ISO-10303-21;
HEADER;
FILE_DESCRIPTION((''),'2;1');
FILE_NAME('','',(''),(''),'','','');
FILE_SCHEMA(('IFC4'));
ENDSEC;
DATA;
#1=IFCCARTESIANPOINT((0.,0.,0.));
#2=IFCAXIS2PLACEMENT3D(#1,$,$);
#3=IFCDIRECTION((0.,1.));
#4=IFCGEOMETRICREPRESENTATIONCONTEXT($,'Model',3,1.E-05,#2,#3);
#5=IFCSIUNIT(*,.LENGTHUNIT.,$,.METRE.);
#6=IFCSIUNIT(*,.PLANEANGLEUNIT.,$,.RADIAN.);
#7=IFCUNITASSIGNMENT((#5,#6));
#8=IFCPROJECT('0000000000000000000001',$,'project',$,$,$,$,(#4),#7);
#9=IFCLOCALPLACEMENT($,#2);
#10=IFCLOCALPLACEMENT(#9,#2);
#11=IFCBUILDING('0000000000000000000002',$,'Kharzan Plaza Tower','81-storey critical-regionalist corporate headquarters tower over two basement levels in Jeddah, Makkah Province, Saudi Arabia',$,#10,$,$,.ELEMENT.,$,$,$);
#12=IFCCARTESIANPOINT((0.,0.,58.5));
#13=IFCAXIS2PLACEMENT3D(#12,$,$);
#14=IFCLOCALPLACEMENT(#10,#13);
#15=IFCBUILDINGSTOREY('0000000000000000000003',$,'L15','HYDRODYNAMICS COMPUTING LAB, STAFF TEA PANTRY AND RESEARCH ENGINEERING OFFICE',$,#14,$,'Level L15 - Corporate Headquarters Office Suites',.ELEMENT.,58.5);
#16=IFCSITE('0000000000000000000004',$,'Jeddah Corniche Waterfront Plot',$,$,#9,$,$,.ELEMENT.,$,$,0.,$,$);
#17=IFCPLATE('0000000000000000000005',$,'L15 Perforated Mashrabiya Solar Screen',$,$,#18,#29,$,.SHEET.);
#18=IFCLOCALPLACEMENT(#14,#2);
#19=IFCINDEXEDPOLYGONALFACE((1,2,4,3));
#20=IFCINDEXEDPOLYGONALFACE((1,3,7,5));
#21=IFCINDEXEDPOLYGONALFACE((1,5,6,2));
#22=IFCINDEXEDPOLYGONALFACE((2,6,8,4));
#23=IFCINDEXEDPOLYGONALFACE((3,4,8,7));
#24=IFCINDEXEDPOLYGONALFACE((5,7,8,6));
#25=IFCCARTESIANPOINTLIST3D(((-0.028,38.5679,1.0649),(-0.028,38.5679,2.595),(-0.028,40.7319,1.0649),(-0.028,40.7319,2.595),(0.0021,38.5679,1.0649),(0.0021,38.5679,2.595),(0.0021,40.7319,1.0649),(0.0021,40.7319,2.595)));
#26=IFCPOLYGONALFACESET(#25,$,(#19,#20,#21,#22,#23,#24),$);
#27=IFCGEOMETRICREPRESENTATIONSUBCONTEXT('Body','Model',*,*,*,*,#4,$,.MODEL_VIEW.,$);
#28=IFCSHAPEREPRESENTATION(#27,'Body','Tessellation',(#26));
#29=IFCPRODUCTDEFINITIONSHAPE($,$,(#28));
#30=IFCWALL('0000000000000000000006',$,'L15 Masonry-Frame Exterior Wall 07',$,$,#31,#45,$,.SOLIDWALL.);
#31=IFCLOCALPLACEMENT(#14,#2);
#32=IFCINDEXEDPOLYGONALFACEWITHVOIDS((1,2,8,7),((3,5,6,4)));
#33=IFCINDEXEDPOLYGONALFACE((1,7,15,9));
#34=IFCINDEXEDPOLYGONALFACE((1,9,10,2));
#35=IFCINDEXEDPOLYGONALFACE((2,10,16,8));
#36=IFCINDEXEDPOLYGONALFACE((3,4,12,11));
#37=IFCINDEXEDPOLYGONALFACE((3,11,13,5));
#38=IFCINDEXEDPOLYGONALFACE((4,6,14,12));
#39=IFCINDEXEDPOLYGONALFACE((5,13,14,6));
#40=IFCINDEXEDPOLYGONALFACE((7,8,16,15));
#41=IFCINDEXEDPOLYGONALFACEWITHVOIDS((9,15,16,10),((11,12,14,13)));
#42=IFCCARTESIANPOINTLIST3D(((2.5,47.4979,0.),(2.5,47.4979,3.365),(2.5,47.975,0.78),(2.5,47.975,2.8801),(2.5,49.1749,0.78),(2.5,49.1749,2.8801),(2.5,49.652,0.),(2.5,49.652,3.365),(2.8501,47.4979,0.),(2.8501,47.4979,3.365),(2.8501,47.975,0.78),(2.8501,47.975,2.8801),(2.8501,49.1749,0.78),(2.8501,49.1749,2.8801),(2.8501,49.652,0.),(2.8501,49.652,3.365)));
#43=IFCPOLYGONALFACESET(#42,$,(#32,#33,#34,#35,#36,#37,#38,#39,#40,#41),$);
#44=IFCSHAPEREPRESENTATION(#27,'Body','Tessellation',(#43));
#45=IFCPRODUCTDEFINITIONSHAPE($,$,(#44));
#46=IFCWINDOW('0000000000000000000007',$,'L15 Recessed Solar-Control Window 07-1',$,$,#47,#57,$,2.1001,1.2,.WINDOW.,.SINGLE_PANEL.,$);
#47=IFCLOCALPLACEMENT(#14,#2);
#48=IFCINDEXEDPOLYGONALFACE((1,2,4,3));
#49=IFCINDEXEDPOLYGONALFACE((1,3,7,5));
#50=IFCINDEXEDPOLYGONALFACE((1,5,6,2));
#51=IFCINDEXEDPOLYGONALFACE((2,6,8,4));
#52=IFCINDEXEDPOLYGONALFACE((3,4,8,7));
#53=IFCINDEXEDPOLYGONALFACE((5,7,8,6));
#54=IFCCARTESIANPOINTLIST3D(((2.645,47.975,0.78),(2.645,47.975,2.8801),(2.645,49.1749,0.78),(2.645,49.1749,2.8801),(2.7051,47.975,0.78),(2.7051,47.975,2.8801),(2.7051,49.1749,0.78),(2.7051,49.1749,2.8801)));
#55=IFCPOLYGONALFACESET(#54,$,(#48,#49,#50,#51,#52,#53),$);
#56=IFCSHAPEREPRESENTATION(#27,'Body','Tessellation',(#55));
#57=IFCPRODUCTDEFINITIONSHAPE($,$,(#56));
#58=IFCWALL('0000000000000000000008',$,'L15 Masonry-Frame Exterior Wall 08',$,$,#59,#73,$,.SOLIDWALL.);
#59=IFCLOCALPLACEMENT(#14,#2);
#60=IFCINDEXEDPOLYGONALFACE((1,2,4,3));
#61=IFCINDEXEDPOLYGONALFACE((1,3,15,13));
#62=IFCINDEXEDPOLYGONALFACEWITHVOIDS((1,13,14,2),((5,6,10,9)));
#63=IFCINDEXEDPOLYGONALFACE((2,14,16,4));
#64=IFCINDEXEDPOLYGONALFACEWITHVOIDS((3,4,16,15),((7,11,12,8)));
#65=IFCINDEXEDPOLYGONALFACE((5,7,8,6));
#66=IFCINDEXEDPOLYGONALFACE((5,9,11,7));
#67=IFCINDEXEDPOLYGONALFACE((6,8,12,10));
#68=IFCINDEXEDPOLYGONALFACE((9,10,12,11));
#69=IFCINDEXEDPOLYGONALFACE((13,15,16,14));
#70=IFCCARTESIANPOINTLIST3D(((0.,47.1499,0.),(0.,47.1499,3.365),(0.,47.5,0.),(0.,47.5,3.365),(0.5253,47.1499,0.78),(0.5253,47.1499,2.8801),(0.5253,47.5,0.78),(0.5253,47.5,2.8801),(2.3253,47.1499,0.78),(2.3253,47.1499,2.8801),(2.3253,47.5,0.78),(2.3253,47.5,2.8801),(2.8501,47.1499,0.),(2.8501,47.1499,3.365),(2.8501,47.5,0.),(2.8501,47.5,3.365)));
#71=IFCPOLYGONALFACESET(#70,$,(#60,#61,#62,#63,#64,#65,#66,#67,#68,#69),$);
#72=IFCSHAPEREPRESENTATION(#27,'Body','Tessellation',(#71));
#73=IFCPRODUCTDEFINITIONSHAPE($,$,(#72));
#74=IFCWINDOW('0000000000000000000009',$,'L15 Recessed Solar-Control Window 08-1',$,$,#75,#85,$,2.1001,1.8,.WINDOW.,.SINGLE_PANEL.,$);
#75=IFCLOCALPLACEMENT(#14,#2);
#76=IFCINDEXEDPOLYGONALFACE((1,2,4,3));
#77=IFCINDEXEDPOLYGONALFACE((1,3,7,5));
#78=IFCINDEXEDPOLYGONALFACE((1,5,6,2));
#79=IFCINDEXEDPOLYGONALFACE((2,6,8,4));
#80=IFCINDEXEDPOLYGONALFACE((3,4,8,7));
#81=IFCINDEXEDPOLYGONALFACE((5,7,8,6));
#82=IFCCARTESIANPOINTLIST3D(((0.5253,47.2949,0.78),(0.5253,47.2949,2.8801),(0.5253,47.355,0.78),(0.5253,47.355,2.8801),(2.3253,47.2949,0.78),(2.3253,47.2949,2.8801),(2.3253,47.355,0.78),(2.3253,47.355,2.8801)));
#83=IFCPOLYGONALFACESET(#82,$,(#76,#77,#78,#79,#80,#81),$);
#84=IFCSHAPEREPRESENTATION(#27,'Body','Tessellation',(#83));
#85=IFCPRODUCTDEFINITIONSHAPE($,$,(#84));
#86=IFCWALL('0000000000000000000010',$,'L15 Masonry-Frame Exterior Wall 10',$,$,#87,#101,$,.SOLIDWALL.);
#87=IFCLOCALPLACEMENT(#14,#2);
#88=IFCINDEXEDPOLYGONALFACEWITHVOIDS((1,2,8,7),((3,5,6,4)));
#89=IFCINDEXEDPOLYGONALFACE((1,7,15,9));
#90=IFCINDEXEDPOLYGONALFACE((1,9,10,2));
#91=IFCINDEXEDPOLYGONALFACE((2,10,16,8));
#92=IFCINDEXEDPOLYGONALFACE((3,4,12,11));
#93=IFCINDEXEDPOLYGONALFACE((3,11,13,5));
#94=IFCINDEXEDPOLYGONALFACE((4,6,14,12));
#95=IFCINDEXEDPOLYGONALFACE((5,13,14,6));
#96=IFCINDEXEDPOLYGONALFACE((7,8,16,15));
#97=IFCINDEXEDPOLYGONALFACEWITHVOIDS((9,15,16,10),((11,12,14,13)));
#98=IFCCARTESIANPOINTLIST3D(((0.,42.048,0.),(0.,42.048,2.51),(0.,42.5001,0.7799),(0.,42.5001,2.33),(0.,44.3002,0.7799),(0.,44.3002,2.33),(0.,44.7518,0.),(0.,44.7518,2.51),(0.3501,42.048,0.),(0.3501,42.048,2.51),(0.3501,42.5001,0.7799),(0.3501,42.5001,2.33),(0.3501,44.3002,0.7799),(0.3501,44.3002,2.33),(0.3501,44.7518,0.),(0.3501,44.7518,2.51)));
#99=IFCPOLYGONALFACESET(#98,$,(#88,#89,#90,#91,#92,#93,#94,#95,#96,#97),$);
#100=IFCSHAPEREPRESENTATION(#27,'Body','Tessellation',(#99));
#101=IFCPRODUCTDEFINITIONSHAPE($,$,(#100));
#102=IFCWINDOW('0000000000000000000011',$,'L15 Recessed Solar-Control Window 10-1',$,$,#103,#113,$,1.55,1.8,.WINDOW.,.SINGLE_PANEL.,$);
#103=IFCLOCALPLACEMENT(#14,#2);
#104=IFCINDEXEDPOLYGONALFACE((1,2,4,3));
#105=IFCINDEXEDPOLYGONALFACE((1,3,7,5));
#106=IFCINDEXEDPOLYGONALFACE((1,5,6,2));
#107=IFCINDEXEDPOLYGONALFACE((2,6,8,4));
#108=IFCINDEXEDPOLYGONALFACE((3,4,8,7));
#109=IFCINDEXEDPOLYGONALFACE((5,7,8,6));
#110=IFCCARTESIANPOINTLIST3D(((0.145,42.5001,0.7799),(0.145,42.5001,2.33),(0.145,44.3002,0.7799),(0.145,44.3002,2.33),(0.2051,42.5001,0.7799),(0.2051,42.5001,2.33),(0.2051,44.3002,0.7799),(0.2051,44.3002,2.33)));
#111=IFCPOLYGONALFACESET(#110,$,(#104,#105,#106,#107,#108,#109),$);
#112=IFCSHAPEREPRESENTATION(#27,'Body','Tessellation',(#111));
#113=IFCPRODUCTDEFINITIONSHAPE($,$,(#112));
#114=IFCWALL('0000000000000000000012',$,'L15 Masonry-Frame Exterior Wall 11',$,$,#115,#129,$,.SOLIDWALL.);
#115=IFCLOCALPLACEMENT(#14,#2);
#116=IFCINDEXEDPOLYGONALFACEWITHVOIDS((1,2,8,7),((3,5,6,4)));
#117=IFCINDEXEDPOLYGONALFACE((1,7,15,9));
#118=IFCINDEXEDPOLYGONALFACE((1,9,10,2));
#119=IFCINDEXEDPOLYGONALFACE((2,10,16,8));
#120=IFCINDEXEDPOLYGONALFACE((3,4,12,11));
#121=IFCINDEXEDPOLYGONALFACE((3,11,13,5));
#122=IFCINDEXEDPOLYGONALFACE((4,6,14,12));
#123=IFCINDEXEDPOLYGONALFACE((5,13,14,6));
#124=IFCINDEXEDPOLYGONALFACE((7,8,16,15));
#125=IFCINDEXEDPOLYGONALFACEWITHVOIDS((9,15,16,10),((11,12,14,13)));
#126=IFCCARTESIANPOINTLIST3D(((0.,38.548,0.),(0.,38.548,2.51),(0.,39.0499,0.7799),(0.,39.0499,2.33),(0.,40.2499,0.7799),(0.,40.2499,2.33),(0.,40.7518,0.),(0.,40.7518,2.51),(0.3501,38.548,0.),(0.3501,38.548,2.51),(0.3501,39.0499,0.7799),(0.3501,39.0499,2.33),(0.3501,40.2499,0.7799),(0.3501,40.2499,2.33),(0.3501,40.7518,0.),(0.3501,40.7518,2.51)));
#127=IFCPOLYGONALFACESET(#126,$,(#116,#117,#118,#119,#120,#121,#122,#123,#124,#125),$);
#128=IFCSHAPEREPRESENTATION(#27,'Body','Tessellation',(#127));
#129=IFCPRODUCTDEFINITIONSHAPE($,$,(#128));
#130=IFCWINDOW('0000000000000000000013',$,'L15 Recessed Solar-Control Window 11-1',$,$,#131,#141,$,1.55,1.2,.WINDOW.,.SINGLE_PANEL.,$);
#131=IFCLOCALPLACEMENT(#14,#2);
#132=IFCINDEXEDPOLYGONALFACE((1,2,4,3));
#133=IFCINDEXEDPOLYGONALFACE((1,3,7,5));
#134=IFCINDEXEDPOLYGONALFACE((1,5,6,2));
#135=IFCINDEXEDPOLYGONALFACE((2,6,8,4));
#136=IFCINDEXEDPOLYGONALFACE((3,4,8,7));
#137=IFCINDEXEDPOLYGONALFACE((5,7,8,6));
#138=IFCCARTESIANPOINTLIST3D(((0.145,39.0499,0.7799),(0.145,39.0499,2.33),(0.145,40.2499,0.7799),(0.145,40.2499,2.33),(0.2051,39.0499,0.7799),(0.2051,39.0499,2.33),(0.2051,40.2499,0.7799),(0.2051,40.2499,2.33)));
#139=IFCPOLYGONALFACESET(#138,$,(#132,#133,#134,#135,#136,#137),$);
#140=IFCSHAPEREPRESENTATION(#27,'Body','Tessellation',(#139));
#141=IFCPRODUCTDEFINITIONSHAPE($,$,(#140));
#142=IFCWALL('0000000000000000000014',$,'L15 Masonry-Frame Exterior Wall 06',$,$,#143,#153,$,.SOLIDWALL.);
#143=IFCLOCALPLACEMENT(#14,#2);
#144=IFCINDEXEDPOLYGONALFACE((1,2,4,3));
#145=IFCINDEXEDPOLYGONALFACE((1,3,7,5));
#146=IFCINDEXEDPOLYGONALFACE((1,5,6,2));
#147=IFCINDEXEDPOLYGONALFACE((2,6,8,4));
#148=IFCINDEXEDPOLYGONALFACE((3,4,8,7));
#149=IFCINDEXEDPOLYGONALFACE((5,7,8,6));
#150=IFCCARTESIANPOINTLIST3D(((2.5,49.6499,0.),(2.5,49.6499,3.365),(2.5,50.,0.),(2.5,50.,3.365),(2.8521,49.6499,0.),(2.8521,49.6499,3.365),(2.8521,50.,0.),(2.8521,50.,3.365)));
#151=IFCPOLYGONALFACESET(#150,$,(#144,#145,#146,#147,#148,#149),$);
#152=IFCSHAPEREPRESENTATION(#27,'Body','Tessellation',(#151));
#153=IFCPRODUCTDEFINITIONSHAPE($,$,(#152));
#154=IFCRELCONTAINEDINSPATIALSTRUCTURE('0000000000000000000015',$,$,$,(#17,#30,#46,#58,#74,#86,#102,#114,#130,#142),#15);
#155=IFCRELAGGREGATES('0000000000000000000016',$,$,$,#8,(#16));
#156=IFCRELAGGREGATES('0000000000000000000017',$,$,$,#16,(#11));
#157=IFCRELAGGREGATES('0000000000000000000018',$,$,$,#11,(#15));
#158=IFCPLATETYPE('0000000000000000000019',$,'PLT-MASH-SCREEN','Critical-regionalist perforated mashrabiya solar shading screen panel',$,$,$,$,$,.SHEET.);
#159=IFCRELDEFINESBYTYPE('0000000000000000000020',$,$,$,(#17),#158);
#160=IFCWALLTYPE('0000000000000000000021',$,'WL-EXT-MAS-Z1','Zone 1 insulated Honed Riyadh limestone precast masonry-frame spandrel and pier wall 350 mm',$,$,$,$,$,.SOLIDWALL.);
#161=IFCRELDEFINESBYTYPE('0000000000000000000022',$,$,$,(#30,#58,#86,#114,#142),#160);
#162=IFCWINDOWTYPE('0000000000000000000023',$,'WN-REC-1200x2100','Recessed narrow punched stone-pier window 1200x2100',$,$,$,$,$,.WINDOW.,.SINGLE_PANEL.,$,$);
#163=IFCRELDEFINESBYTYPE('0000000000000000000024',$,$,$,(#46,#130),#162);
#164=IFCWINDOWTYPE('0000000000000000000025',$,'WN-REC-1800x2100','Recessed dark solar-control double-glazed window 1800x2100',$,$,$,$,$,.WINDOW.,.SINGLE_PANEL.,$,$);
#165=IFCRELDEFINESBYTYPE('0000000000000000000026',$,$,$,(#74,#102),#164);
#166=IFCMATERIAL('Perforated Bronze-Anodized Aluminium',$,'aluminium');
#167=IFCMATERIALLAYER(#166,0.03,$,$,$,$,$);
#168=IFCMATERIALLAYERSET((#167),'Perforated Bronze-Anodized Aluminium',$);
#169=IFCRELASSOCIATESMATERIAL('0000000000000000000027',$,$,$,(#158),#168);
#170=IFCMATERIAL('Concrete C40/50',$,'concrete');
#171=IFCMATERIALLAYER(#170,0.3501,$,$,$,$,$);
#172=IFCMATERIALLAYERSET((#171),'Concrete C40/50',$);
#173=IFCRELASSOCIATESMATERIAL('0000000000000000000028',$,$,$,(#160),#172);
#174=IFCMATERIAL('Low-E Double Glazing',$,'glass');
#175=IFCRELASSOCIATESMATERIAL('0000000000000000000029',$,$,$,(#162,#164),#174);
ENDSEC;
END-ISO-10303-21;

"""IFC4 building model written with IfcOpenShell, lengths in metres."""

from ifc_helpers import new_model, si_unit, direction, frame, frame_2d, origin, origin_2d, place, context, subcontext, project, spatial, rectangle, extrude, source, transform, mapped, material, layer, layer_set, type_object, element, fill, save


model = new_model("IFC4")

# Units and contexts
model_context = context("Model", 3, precision=1e-05, world=origin(), true_north=direction((0.0, 1.0)))
body_context = subcontext(model_context, "Body", "Model", "MODEL_VIEW")
ifc_project = project(units=[si_unit("LENGTHUNIT", "METRE"), si_unit("PLANEANGLEUNIT", "RADIAN")], contexts=[model_context])

# Site, building, storey
site_placement = place(None, origin())
site = spatial("IfcSite", under=ifc_project, at=site_placement, Name="Jeddah Corniche Waterfront Plot", CompositionType="ELEMENT", RefElevation=0.0)
building_placement = place(site_placement, origin())
building = spatial("IfcBuilding", under=site, at=building_placement, Name="Kharzan Plaza Tower", Description="81-storey critical-regionalist corporate headquarters tower over two basement levels in Jeddah, Makkah Province, Saudi Arabia", CompositionType="ELEMENT")
storey_placement = place(building_placement, frame((0.0, 0.0, 58.5)))
storey = spatial("IfcBuildingStorey", under=building, at=storey_placement, Name="L15", Description="HYDRODYNAMICS COMPUTING LAB, STAFF TEA PANTRY AND RESEARCH ENGINEERING OFFICE", LongName="Level L15 - Corporate Headquarters Office Suites", CompositionType="ELEMENT", Elevation=58.5)

# Plate
ifc_material_1 = material(Name="Perforated Bronze-Anodized Aluminium", Category="aluminium")
ifc_layer_1 = layer(ifc_material_1, 0.03)
ifc_layer_set_1 = layer_set([ifc_layer_1], Name="Perforated Bronze-Anodized Aluminium")
plate_type = type_object("IfcPlateType", Name="PLT-MASH-SCREEN", Description="Critical-regionalist perforated mashrabiya solar shading screen panel", PredefinedType="SHEET", material=ifc_layer_set_1)
shared_shape_1 = source(origin(), body_context, "Body", "SweptSolid", [
    extrude(rectangle(XDim=2.1641, YDim=0.03, at=origin_2d()), origin(), (0.0, 0.0, 1.0), 1.53),
])
plate_1_placement = place(storey_placement, frame((-0.0129, 39.6499, 1.0649), z_axis=(0.0, 0.0, 1.0), x_axis=(0.0, -1.0, 0.0)))
element("IfcPlate", 1, at=plate_1_placement, inside=storey, type_object=plate_type, Name="L15 Perforated Mashrabiya Solar Screen", PredefinedType="SHEET", context=body_context, shape_type="MappedRepresentation", body=[
    mapped(shared_shape_1, transform((0.0, 0.0, 0.0), x_axis=(1.0, 0.0, 0.0), y_axis=(0.0, 1.0, 0.0), z_axis=(0.0, 0.0, 1.0))),
])

# Walls, openings, windows
ifc_material_2 = material(Name="Concrete C40/50", Category="concrete")
ifc_layer_2 = layer(ifc_material_2, 0.3501)
ifc_layer_set_2 = layer_set([ifc_layer_2], Name="Concrete C40/50")
wall_type = type_object("IfcWallType", Name="WL-EXT-MAS-Z1", Description="Zone 1 insulated Honed Riyadh limestone precast masonry-frame spandrel and pier wall 350 mm", PredefinedType="SOLIDWALL", material=ifc_layer_set_2)
wall_1_placement = place(storey_placement, frame((2.675, 49.6521, 0.0), z_axis=(0.0, 0.0, 1.0), x_axis=(0.0, -1.0, 0.0)))
wall_1 = element("IfcWall", 2, at=wall_1_placement, inside=storey, type_object=wall_type, Name="L15 Masonry-Frame Exterior Wall 07", PredefinedType="SOLIDWALL", context=body_context, shape_type="SweptSolid", body=[
    extrude(rectangle(XDim=2.1541, YDim=0.3501, at=frame_2d((1.0771, 0.0))), origin(), (0.0, 0.0, 1.0), 3.365),
])
opening_1_placement = place(wall_1_placement, frame((0.4771, 0.0, 0.78)))
opening_1 = element("IfcOpeningElement", 3, at=opening_1_placement, cuts=wall_1, PredefinedType="OPENING", context=body_context, shape_type="SweptSolid", body=[
    extrude(rectangle(XDim=1.2, YDim=2.1001, at=frame_2d((0.6001, 1.05))), frame((0.0, 0.1851, 0.0), z_axis=(0.0, -1.0, 0.0), x_axis=(1.0, 0.0, 0.0)), (0.0, 0.0, 1.0), 0.3701),
])
ifc_material_3 = material(Name="Low-E Double Glazing", Category="glass")
window_type_1 = type_object("IfcWindowType", Name="WN-REC-1200x2100", Description="Recessed narrow punched stone-pier window 1200x2100", PartitioningType="SINGLE_PANEL", PredefinedType="WINDOW", material=ifc_material_3)
shared_shape_2 = source(origin(), body_context, "Body", "SweptSolid", [
    extrude(rectangle(XDim=1.2, YDim=2.1001, at=frame_2d((0.6001, 1.05))), frame((0.0, 0.03, 0.0), z_axis=(0.0, -1.0, 0.0), x_axis=(1.0, 0.0, 0.0)), (0.0, 0.0, 1.0), 0.0601),
])
window_1_placement = place(opening_1_placement, origin())
window_1 = element("IfcWindow", 4, at=window_1_placement, inside=storey, type_object=window_type_1, Name="L15 Recessed Solar-Control Window 07-1", OverallHeight=2.1001, OverallWidth=1.2, PartitioningType="SINGLE_PANEL", PredefinedType="WINDOW", context=body_context, shape_type="MappedRepresentation", body=[
    mapped(shared_shape_2, transform((0.0, 0.0, 0.0), x_axis=(1.0, 0.0, 0.0), y_axis=(0.0, 1.0, 0.0), z_axis=(0.0, 0.0, 1.0))),
])
fill(opening_1, window_1)
wall_2_placement = place(storey_placement, frame((2.8501, 47.325, 0.0), z_axis=(0.0, 0.0, 1.0), x_axis=(-1.0, 0.0, 0.0)))
wall_2 = element("IfcWall", 5, at=wall_2_placement, inside=storey, type_object=wall_type, Name="L15 Masonry-Frame Exterior Wall 08", PredefinedType="SOLIDWALL", context=body_context, shape_type="SweptSolid", body=[
    extrude(rectangle(XDim=2.8501, YDim=0.3501, at=frame_2d((1.425, 0.0))), origin(), (0.0, 0.0, 1.0), 3.365),
])
opening_2_placement = place(wall_2_placement, frame((0.5249, 0.0, 0.78)))
opening_2 = element("IfcOpeningElement", 6, at=opening_2_placement, cuts=wall_2, PredefinedType="OPENING", context=body_context, shape_type="SweptSolid", body=[
    extrude(rectangle(XDim=1.8, YDim=2.1001, at=frame_2d((0.8999, 1.05))), frame((0.0, 0.1851, 0.0), z_axis=(0.0, -1.0, 0.0), x_axis=(1.0, 0.0, 0.0)), (0.0, 0.0, 1.0), 0.3701),
])
window_type_2 = type_object("IfcWindowType", Name="WN-REC-1800x2100", Description="Recessed dark solar-control double-glazed window 1800x2100", PartitioningType="SINGLE_PANEL", PredefinedType="WINDOW", material=ifc_material_3)
shared_shape_3 = source(origin(), body_context, "Body", "SweptSolid", [
    extrude(rectangle(XDim=1.8, YDim=2.1001, at=frame_2d((0.8999, 1.05))), frame((0.0, 0.03, 0.0), z_axis=(0.0, -1.0, 0.0), x_axis=(1.0, 0.0, 0.0)), (0.0, 0.0, 1.0), 0.0601),
])
window_2_placement = place(opening_2_placement, origin())
window_2 = element("IfcWindow", 7, at=window_2_placement, inside=storey, type_object=window_type_2, Name="L15 Recessed Solar-Control Window 08-1", OverallHeight=2.1001, OverallWidth=1.8, PartitioningType="SINGLE_PANEL", PredefinedType="WINDOW", context=body_context, shape_type="MappedRepresentation", body=[
    mapped(shared_shape_3, transform((0.0, 0.0, 0.0), x_axis=(1.0, 0.0, 0.0), y_axis=(0.0, 1.0, 0.0), z_axis=(0.0, 0.0, 1.0))),
])
fill(opening_2, window_2)
wall_3_placement = place(storey_placement, frame((0.175, 44.752, 0.0), z_axis=(0.0, 0.0, 1.0), x_axis=(0.0, -1.0, 0.0)))
wall_3 = element("IfcWall", 8, at=wall_3_placement, inside=storey, type_object=wall_type, Name="L15 Masonry-Frame Exterior Wall 10", PredefinedType="SOLIDWALL", context=body_context, shape_type="SweptSolid", body=[
    extrude(rectangle(XDim=2.7039, YDim=0.3501, at=frame_2d((1.3521, 0.0))), origin(), (0.0, 0.0, 1.0), 2.51),
])
opening_3_placement = place(wall_3_placement, frame((0.4519, 0.0, 0.78)))
opening_3 = element("IfcOpeningElement", 9, at=opening_3_placement, cuts=wall_3, PredefinedType="OPENING", context=body_context, shape_type="SweptSolid", body=[
    extrude(rectangle(XDim=1.8, YDim=1.55, at=frame_2d((0.8999, 0.7749))), frame((0.0, 0.1851, 0.0), z_axis=(0.0, -1.0, 0.0), x_axis=(1.0, 0.0, 0.0)), (0.0, 0.0, 1.0), 0.3701),
])
shared_shape_4 = source(origin(), body_context, "Body", "SweptSolid", [
    extrude(rectangle(XDim=1.8, YDim=1.55, at=frame_2d((0.8999, 0.7749))), frame((0.0, 0.03, 0.0), z_axis=(0.0, -1.0, 0.0), x_axis=(1.0, 0.0, 0.0)), (0.0, 0.0, 1.0), 0.0601),
])
window_3_placement = place(opening_3_placement, origin())
window_3 = element("IfcWindow", 10, at=window_3_placement, inside=storey, type_object=window_type_2, Name="L15 Recessed Solar-Control Window 10-1", OverallHeight=1.55, OverallWidth=1.8, PartitioningType="SINGLE_PANEL", PredefinedType="WINDOW", context=body_context, shape_type="MappedRepresentation", body=[
    mapped(shared_shape_4, transform((0.0, 0.0, 0.0), x_axis=(1.0, 0.0, 0.0), y_axis=(0.0, 1.0, 0.0), z_axis=(0.0, 0.0, 1.0))),
])
fill(opening_3, window_3)
wall_4_placement = place(storey_placement, frame((0.175, 40.752, 0.0), z_axis=(0.0, 0.0, 1.0), x_axis=(0.0, -1.0, 0.0)))
wall_4 = element("IfcWall", 11, at=wall_4_placement, inside=storey, type_object=wall_type, Name="L15 Masonry-Frame Exterior Wall 11", PredefinedType="SOLIDWALL", context=body_context, shape_type="SweptSolid", body=[
    extrude(rectangle(XDim=2.2039, YDim=0.3501, at=frame_2d((1.1021, 0.0))), origin(), (0.0, 0.0, 1.0), 2.51),
])
opening_4_placement = place(wall_4_placement, frame((0.502, 0.0, 0.78)))
opening_4 = element("IfcOpeningElement", 12, at=opening_4_placement, cuts=wall_4, PredefinedType="OPENING", context=body_context, shape_type="SweptSolid", body=[
    extrude(rectangle(XDim=1.2, YDim=1.55, at=frame_2d((0.6001, 0.7749))), frame((0.0, 0.1851, 0.0), z_axis=(0.0, -1.0, 0.0), x_axis=(1.0, 0.0, 0.0)), (0.0, 0.0, 1.0), 0.3701),
])
shared_shape_5 = source(origin(), body_context, "Body", "SweptSolid", [
    extrude(rectangle(XDim=1.2, YDim=1.55, at=frame_2d((0.6001, 0.7749))), frame((0.0, 0.03, 0.0), z_axis=(0.0, -1.0, 0.0), x_axis=(1.0, 0.0, 0.0)), (0.0, 0.0, 1.0), 0.0601),
])
window_4_placement = place(opening_4_placement, origin())
window_4 = element("IfcWindow", 13, at=window_4_placement, inside=storey, type_object=window_type_1, Name="L15 Recessed Solar-Control Window 11-1", OverallHeight=1.55, OverallWidth=1.2, PartitioningType="SINGLE_PANEL", PredefinedType="WINDOW", context=body_context, shape_type="MappedRepresentation", body=[
    mapped(shared_shape_5, transform((0.0, 0.0, 0.0), x_axis=(1.0, 0.0, 0.0), y_axis=(0.0, 1.0, 0.0), z_axis=(0.0, 0.0, 1.0))),
])
fill(opening_4, window_4)

# Wall
shared_shape_6 = source(origin(), body_context, "Body", "SweptSolid", [
    extrude(rectangle(XDim=0.3521, YDim=0.3501, at=frame_2d((0.176, 0.0))), origin(), (0.0, 0.0, 1.0), 3.365),
])
wall_5_placement = place(storey_placement, frame((2.8521, 49.825, 0.0), z_axis=(0.0, 0.0, 1.0), x_axis=(-1.0, 0.0, 0.0)))
element("IfcWall", 14, at=wall_5_placement, inside=storey, type_object=wall_type, Name="L15 Masonry-Frame Exterior Wall 06", PredefinedType="SOLIDWALL", context=body_context, shape_type="MappedRepresentation", body=[
    mapped(shared_shape_6, transform((0.0, 0.0, 0.0), x_axis=(1.0, 0.0, 0.0), y_axis=(0.0, 1.0, 0.0), z_axis=(0.0, 0.0, 1.0))),
])

save(model, "model.ifc")
